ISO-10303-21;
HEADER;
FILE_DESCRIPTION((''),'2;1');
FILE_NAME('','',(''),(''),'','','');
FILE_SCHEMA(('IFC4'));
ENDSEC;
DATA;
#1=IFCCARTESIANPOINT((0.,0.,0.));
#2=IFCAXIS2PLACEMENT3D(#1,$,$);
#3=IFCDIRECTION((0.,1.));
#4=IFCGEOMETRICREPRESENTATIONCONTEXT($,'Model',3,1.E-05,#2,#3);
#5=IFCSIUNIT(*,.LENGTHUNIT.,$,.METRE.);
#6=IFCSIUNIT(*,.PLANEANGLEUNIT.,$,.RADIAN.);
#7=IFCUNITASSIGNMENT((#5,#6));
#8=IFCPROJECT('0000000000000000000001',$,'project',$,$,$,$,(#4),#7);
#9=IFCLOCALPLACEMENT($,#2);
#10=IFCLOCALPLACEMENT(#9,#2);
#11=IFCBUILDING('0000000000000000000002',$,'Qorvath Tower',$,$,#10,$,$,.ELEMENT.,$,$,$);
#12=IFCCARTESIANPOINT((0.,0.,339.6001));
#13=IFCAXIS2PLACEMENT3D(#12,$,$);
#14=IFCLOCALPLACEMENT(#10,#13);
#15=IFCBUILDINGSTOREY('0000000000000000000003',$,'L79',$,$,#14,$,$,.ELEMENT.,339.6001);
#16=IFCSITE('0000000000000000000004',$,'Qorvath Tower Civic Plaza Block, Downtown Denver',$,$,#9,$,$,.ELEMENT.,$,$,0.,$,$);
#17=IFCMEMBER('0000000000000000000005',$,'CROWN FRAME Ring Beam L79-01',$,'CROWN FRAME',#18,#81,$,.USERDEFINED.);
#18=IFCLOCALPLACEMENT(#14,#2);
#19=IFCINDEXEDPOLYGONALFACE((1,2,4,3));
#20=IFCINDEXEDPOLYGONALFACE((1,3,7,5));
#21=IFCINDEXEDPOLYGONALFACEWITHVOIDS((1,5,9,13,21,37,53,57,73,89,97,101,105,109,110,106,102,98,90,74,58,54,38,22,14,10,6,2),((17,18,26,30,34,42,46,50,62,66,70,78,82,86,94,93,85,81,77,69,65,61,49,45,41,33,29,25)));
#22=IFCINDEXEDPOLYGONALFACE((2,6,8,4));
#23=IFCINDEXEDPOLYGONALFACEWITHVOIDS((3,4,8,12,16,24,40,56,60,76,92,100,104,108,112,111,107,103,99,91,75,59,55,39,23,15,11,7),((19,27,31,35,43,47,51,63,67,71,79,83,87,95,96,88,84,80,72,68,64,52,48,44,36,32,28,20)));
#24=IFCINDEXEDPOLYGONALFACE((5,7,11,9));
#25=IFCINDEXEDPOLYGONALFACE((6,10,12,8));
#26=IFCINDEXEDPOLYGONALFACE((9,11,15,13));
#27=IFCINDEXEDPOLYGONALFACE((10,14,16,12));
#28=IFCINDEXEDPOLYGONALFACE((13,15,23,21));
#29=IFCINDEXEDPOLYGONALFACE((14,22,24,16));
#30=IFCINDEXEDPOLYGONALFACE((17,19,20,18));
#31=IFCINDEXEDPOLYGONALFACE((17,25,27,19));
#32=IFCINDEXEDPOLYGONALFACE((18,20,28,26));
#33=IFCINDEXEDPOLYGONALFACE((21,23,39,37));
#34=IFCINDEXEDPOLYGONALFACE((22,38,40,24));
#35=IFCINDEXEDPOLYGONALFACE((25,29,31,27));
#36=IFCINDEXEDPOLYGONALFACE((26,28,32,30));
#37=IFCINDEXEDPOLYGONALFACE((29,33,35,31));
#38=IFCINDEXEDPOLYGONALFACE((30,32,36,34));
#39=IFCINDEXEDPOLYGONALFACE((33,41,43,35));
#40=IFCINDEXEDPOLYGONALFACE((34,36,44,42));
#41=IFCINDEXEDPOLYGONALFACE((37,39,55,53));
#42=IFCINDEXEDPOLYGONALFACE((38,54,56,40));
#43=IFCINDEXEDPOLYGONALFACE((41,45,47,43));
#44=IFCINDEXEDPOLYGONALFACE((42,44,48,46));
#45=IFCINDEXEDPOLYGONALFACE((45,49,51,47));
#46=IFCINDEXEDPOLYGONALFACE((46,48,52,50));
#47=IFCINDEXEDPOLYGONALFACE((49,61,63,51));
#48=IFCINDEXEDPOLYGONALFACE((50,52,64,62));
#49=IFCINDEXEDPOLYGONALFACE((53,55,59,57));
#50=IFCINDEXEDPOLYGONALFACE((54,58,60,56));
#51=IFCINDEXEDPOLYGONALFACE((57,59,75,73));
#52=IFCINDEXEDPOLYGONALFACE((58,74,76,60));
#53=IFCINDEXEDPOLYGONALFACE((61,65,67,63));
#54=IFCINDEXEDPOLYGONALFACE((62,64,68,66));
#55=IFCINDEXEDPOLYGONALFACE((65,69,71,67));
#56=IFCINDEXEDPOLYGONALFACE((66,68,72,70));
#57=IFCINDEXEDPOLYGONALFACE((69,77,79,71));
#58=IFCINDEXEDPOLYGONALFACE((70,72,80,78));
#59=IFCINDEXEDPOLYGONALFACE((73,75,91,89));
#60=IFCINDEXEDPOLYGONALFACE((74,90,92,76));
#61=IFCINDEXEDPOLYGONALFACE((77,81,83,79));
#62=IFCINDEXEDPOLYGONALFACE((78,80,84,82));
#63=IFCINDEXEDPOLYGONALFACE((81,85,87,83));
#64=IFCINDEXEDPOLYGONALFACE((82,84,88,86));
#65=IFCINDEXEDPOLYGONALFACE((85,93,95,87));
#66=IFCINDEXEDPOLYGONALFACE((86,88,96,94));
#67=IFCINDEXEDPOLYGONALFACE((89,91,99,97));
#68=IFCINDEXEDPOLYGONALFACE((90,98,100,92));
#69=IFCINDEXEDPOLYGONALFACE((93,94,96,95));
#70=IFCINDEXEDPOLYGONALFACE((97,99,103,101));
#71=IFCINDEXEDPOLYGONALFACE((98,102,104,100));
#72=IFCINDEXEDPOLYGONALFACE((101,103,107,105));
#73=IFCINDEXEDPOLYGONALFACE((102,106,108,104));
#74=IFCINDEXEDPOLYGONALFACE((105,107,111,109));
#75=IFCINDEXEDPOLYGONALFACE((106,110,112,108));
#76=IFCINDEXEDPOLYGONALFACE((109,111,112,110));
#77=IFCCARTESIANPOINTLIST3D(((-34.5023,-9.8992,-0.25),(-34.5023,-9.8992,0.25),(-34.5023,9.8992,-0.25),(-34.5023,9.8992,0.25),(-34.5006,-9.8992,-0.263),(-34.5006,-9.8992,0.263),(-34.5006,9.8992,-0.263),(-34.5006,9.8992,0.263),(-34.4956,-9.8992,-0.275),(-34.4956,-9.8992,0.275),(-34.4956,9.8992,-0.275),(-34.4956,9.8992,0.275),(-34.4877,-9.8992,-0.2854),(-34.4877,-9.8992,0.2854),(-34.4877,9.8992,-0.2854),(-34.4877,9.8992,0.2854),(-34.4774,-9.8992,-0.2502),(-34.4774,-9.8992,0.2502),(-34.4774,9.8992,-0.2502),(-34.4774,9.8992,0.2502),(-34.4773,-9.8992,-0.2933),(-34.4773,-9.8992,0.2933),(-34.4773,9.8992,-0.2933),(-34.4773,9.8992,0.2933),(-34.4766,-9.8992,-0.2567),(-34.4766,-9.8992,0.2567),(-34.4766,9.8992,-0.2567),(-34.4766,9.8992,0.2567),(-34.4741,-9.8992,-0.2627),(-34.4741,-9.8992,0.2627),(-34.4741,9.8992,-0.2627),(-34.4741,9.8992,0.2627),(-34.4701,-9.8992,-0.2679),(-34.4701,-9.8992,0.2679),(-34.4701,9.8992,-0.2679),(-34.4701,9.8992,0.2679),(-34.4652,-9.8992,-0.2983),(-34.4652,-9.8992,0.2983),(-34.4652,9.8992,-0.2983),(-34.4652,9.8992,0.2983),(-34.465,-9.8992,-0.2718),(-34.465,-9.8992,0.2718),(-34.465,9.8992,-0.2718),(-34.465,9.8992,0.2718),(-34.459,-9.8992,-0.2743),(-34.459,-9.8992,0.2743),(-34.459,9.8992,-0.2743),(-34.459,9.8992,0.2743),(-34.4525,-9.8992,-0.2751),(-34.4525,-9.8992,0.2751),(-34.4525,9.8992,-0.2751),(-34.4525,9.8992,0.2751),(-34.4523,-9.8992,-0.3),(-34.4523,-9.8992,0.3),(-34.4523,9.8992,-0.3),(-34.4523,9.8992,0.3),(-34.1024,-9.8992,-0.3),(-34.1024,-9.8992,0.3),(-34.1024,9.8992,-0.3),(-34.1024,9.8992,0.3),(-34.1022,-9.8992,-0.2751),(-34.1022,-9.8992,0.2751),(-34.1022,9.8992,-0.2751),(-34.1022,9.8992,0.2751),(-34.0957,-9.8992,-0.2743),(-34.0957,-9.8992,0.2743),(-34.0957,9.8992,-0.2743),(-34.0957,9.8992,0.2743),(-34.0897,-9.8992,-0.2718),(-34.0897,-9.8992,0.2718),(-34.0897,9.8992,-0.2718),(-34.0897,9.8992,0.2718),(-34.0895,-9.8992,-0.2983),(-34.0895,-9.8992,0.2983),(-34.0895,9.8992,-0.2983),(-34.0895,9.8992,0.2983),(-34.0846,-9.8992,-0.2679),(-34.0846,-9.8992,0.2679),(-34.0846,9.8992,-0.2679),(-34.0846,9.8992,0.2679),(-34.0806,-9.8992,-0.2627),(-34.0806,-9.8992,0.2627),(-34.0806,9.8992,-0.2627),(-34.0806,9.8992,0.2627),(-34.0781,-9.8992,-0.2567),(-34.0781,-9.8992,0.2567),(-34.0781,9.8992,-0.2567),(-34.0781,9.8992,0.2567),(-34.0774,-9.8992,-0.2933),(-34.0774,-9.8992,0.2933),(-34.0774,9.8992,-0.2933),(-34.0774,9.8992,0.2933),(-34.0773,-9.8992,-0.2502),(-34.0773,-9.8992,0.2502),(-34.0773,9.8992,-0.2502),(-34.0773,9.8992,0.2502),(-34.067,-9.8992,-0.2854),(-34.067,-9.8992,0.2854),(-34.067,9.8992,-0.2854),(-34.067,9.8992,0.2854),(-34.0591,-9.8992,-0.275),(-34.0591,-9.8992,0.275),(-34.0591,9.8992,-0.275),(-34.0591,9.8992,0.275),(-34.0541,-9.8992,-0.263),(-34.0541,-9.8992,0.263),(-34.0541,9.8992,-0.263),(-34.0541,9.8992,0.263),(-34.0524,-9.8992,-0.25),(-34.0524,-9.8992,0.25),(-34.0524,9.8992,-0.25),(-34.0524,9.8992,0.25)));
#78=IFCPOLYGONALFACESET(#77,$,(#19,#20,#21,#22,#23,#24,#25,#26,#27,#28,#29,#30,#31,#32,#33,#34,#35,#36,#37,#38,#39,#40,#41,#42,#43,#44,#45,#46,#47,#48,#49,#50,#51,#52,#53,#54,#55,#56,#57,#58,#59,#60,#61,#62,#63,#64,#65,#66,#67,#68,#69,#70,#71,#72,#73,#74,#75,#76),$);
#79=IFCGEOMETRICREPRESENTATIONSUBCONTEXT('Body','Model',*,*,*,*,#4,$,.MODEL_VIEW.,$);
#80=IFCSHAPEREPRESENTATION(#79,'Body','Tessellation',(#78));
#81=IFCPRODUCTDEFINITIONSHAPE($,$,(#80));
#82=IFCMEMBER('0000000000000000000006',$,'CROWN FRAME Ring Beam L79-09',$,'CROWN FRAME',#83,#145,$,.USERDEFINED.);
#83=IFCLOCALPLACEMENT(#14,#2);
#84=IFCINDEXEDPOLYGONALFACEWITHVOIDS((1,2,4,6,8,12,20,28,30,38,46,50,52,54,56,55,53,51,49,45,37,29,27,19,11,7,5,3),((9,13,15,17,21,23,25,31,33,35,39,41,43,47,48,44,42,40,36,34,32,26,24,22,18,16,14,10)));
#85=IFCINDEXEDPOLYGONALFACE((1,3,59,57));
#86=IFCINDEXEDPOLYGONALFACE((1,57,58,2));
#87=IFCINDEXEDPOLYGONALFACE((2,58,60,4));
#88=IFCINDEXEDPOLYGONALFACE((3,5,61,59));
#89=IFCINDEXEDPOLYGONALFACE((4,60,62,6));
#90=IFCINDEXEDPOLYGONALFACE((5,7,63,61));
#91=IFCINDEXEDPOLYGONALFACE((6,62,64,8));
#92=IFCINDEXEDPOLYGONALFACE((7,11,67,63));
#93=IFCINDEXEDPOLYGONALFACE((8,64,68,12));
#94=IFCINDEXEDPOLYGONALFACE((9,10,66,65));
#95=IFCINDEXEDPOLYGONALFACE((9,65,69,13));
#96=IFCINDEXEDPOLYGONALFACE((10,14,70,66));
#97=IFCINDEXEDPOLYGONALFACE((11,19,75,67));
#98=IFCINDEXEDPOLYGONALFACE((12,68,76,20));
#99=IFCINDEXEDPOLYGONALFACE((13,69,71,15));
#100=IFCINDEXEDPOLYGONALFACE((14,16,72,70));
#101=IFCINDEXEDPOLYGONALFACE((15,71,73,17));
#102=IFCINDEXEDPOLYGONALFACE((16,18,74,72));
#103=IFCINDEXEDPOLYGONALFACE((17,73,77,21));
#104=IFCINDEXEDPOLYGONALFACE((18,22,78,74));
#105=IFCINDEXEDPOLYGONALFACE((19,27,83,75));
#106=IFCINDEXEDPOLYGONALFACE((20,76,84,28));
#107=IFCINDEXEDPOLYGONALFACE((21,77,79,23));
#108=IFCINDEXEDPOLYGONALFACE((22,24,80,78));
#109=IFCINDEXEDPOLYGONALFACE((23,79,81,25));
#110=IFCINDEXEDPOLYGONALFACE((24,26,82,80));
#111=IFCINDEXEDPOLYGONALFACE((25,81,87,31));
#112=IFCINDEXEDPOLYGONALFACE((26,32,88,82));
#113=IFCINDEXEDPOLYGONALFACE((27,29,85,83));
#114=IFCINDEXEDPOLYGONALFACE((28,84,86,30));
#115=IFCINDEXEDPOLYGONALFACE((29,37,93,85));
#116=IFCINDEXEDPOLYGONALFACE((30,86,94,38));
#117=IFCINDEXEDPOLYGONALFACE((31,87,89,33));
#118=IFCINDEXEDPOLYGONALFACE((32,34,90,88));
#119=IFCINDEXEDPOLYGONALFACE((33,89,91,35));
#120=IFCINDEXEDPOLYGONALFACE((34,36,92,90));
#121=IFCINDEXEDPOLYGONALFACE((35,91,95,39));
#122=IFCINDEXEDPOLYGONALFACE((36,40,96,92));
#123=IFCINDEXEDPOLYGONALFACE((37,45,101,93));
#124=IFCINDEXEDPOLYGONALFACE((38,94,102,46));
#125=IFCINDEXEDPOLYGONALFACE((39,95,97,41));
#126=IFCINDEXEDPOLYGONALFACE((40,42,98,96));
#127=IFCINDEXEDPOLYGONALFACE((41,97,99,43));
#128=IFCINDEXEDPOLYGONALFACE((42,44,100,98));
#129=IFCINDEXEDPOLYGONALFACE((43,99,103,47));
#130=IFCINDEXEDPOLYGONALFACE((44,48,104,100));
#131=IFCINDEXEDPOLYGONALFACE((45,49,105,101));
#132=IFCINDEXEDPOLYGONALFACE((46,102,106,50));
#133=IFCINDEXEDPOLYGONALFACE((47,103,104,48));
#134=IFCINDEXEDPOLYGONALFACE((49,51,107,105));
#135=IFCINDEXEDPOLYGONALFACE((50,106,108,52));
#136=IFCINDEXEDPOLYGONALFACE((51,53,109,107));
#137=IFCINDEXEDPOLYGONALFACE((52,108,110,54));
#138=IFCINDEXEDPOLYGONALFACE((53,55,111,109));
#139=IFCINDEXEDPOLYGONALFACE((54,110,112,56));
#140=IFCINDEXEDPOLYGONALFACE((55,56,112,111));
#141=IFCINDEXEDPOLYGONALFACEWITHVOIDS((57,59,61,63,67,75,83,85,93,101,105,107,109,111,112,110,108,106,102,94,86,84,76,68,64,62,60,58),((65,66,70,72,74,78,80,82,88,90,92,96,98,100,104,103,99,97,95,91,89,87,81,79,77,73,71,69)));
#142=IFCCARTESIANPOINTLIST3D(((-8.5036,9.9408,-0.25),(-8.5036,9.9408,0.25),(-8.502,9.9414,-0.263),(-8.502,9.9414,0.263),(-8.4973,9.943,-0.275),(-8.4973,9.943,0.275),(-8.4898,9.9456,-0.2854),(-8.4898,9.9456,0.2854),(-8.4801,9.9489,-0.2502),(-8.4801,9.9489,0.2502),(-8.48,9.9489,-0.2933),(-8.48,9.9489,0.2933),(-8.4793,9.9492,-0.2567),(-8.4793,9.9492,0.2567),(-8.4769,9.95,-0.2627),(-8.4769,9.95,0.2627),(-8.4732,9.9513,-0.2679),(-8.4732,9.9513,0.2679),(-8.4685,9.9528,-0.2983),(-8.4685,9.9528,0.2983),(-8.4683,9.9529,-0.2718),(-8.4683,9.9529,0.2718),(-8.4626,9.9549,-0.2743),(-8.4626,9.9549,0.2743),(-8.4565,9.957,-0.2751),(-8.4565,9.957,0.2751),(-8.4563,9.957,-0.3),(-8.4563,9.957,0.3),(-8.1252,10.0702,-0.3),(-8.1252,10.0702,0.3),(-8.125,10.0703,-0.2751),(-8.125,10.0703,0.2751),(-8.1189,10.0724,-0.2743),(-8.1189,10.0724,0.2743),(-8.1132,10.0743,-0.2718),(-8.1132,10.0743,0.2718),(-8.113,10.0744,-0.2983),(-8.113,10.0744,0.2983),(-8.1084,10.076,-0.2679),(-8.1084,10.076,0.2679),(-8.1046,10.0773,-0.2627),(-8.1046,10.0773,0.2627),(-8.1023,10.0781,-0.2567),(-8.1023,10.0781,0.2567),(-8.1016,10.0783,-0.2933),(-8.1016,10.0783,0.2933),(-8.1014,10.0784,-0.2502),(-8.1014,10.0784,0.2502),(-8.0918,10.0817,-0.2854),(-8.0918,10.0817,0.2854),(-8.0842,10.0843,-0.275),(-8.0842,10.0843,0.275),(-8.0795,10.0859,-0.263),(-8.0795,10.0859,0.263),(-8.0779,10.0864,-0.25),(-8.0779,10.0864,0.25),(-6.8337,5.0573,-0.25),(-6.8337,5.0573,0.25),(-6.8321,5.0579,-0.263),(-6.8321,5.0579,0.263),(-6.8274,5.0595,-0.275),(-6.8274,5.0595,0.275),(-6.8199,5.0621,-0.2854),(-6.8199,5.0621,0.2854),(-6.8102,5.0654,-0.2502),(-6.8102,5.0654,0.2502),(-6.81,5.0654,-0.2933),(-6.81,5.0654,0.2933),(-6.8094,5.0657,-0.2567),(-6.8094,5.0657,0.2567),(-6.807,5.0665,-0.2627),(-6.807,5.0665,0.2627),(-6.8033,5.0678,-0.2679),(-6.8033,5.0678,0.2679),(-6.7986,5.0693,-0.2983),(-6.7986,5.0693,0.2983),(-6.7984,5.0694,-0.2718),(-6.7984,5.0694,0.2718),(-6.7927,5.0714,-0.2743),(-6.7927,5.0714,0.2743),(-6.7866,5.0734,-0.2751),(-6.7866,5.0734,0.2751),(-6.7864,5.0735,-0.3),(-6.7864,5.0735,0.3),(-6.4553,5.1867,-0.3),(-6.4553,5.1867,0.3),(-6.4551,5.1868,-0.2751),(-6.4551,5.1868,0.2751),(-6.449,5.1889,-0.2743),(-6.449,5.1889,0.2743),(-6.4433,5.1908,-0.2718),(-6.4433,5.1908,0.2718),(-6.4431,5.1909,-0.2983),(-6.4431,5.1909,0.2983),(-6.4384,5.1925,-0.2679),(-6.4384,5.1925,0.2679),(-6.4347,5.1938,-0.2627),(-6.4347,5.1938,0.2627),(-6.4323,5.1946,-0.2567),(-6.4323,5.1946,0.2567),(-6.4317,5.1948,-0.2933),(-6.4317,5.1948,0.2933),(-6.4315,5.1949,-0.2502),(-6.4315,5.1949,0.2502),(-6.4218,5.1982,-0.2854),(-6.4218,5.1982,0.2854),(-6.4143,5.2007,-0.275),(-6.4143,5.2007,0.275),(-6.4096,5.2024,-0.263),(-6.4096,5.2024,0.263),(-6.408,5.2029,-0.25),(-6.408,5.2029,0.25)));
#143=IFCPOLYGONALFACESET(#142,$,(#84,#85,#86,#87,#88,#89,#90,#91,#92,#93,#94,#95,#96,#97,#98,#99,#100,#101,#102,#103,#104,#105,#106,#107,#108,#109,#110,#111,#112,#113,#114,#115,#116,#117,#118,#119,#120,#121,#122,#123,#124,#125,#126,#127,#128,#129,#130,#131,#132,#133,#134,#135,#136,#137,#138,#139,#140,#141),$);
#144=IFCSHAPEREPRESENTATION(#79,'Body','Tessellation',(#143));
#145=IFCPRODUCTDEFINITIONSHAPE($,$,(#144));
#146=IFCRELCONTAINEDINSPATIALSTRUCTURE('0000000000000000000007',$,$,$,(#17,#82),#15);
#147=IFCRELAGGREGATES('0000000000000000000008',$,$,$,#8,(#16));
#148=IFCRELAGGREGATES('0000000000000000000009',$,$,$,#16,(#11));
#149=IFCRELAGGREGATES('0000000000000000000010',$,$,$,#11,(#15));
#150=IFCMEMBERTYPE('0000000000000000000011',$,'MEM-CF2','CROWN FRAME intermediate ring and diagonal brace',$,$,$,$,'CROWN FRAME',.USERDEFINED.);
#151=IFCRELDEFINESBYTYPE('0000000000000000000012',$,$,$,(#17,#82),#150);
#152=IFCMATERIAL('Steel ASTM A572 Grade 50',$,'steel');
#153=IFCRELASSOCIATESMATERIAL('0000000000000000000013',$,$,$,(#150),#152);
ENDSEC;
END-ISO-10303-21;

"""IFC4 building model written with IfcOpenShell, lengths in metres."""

from ifc_helpers import new_model, si_unit, direction, frame, origin, origin_2d, place, context, subcontext, project, spatial, hollow_rectangle, extrude, material, material_profile, profile_set, type_object, element, save


model = new_model("IFC4")

# Units and contexts
model_context = context("Model", 3, precision=1e-05, world=origin(), true_north=direction((0.0, 1.0)))
body_context = subcontext(model_context, "Body", "Model", "MODEL_VIEW")
ifc_project = project(units=[si_unit("LENGTHUNIT", "METRE"), si_unit("PLANEANGLEUNIT", "RADIAN")], contexts=[model_context])

# Site, building, storey
site_placement = place(None, origin())
site = spatial("IfcSite", under=ifc_project, at=site_placement, Name="Qorvath Tower Civic Plaza Block, Downtown Denver", CompositionType="ELEMENT", RefElevation=0.0)
building_placement = place(site_placement, origin())
building = spatial("IfcBuilding", under=site, at=building_placement, Name="Qorvath Tower", CompositionType="ELEMENT")
storey_placement = place(building_placement, frame((0.0, 0.0, 339.6001)))
storey = spatial("IfcBuildingStorey", under=building, at=storey_placement, Name="L79", CompositionType="ELEMENT", Elevation=339.6001)

# Members
ifc_material_1 = material(Name="Steel ASTM A572 Grade 50", Category="steel")
ifc_material_profile_1 = material_profile(ifc_material_1, hollow_rectangle(XDim=0.45, YDim=0.6001, WallThickness=0.0249, InnerFilletRadius=0.0249, OuterFilletRadius=0.05, at=origin_2d()), Name="CROWN BOX 600x450x25")
ifc_profile_set_1 = profile_set([ifc_material_profile_1], Name="Steel ASTM A572 Grade 50")
member_type_1 = type_object("IfcMemberType", Name="MEM-CF2", Description="CROWN FRAME intermediate ring and diagonal brace", ElementType="CROWN FRAME", PredefinedType="USERDEFINED", material=ifc_profile_set_1)
member_1_placement = place(storey_placement, frame((-34.2773, 9.8992, 0.0), z_axis=(0.0, -1.0, 0.0), x_axis=(1.0, 0.0, 0.0)))
element("IfcMember", 1, at=member_1_placement, inside=storey, type_object=member_type_1, Name="CROWN FRAME Ring Beam L79-01", ObjectType="CROWN FRAME", PredefinedType="USERDEFINED", context=body_context, shape_type="SweptSolid", body=[
    extrude(hollow_rectangle(XDim=0.45, YDim=0.6001, WallThickness=0.0249, InnerFilletRadius=0.0249, OuterFilletRadius=0.05, at=origin_2d()), origin(), (0.0, 0.0, 1.0), 19.7983),
])
member_2_placement = place(storey_placement, frame((-6.6208, 5.1301, 0.0), z_axis=(-0.323555, 0.946209, 0.0), x_axis=(-0.946209, -0.323555, 0.0)))
element("IfcMember", 2, at=member_2_placement, inside=storey, type_object=member_type_1, Name="CROWN FRAME Ring Beam L79-09", ObjectType="CROWN FRAME", PredefinedType="USERDEFINED", context=body_context, shape_type="SweptSolid", body=[
    extrude(hollow_rectangle(XDim=0.45, YDim=0.6001, WallThickness=0.0249, InnerFilletRadius=0.0249, OuterFilletRadius=0.05, at=origin_2d()), origin(), (0.0, 0.0, 1.0), 5.1611),
])

save(model, "model.ifc")
